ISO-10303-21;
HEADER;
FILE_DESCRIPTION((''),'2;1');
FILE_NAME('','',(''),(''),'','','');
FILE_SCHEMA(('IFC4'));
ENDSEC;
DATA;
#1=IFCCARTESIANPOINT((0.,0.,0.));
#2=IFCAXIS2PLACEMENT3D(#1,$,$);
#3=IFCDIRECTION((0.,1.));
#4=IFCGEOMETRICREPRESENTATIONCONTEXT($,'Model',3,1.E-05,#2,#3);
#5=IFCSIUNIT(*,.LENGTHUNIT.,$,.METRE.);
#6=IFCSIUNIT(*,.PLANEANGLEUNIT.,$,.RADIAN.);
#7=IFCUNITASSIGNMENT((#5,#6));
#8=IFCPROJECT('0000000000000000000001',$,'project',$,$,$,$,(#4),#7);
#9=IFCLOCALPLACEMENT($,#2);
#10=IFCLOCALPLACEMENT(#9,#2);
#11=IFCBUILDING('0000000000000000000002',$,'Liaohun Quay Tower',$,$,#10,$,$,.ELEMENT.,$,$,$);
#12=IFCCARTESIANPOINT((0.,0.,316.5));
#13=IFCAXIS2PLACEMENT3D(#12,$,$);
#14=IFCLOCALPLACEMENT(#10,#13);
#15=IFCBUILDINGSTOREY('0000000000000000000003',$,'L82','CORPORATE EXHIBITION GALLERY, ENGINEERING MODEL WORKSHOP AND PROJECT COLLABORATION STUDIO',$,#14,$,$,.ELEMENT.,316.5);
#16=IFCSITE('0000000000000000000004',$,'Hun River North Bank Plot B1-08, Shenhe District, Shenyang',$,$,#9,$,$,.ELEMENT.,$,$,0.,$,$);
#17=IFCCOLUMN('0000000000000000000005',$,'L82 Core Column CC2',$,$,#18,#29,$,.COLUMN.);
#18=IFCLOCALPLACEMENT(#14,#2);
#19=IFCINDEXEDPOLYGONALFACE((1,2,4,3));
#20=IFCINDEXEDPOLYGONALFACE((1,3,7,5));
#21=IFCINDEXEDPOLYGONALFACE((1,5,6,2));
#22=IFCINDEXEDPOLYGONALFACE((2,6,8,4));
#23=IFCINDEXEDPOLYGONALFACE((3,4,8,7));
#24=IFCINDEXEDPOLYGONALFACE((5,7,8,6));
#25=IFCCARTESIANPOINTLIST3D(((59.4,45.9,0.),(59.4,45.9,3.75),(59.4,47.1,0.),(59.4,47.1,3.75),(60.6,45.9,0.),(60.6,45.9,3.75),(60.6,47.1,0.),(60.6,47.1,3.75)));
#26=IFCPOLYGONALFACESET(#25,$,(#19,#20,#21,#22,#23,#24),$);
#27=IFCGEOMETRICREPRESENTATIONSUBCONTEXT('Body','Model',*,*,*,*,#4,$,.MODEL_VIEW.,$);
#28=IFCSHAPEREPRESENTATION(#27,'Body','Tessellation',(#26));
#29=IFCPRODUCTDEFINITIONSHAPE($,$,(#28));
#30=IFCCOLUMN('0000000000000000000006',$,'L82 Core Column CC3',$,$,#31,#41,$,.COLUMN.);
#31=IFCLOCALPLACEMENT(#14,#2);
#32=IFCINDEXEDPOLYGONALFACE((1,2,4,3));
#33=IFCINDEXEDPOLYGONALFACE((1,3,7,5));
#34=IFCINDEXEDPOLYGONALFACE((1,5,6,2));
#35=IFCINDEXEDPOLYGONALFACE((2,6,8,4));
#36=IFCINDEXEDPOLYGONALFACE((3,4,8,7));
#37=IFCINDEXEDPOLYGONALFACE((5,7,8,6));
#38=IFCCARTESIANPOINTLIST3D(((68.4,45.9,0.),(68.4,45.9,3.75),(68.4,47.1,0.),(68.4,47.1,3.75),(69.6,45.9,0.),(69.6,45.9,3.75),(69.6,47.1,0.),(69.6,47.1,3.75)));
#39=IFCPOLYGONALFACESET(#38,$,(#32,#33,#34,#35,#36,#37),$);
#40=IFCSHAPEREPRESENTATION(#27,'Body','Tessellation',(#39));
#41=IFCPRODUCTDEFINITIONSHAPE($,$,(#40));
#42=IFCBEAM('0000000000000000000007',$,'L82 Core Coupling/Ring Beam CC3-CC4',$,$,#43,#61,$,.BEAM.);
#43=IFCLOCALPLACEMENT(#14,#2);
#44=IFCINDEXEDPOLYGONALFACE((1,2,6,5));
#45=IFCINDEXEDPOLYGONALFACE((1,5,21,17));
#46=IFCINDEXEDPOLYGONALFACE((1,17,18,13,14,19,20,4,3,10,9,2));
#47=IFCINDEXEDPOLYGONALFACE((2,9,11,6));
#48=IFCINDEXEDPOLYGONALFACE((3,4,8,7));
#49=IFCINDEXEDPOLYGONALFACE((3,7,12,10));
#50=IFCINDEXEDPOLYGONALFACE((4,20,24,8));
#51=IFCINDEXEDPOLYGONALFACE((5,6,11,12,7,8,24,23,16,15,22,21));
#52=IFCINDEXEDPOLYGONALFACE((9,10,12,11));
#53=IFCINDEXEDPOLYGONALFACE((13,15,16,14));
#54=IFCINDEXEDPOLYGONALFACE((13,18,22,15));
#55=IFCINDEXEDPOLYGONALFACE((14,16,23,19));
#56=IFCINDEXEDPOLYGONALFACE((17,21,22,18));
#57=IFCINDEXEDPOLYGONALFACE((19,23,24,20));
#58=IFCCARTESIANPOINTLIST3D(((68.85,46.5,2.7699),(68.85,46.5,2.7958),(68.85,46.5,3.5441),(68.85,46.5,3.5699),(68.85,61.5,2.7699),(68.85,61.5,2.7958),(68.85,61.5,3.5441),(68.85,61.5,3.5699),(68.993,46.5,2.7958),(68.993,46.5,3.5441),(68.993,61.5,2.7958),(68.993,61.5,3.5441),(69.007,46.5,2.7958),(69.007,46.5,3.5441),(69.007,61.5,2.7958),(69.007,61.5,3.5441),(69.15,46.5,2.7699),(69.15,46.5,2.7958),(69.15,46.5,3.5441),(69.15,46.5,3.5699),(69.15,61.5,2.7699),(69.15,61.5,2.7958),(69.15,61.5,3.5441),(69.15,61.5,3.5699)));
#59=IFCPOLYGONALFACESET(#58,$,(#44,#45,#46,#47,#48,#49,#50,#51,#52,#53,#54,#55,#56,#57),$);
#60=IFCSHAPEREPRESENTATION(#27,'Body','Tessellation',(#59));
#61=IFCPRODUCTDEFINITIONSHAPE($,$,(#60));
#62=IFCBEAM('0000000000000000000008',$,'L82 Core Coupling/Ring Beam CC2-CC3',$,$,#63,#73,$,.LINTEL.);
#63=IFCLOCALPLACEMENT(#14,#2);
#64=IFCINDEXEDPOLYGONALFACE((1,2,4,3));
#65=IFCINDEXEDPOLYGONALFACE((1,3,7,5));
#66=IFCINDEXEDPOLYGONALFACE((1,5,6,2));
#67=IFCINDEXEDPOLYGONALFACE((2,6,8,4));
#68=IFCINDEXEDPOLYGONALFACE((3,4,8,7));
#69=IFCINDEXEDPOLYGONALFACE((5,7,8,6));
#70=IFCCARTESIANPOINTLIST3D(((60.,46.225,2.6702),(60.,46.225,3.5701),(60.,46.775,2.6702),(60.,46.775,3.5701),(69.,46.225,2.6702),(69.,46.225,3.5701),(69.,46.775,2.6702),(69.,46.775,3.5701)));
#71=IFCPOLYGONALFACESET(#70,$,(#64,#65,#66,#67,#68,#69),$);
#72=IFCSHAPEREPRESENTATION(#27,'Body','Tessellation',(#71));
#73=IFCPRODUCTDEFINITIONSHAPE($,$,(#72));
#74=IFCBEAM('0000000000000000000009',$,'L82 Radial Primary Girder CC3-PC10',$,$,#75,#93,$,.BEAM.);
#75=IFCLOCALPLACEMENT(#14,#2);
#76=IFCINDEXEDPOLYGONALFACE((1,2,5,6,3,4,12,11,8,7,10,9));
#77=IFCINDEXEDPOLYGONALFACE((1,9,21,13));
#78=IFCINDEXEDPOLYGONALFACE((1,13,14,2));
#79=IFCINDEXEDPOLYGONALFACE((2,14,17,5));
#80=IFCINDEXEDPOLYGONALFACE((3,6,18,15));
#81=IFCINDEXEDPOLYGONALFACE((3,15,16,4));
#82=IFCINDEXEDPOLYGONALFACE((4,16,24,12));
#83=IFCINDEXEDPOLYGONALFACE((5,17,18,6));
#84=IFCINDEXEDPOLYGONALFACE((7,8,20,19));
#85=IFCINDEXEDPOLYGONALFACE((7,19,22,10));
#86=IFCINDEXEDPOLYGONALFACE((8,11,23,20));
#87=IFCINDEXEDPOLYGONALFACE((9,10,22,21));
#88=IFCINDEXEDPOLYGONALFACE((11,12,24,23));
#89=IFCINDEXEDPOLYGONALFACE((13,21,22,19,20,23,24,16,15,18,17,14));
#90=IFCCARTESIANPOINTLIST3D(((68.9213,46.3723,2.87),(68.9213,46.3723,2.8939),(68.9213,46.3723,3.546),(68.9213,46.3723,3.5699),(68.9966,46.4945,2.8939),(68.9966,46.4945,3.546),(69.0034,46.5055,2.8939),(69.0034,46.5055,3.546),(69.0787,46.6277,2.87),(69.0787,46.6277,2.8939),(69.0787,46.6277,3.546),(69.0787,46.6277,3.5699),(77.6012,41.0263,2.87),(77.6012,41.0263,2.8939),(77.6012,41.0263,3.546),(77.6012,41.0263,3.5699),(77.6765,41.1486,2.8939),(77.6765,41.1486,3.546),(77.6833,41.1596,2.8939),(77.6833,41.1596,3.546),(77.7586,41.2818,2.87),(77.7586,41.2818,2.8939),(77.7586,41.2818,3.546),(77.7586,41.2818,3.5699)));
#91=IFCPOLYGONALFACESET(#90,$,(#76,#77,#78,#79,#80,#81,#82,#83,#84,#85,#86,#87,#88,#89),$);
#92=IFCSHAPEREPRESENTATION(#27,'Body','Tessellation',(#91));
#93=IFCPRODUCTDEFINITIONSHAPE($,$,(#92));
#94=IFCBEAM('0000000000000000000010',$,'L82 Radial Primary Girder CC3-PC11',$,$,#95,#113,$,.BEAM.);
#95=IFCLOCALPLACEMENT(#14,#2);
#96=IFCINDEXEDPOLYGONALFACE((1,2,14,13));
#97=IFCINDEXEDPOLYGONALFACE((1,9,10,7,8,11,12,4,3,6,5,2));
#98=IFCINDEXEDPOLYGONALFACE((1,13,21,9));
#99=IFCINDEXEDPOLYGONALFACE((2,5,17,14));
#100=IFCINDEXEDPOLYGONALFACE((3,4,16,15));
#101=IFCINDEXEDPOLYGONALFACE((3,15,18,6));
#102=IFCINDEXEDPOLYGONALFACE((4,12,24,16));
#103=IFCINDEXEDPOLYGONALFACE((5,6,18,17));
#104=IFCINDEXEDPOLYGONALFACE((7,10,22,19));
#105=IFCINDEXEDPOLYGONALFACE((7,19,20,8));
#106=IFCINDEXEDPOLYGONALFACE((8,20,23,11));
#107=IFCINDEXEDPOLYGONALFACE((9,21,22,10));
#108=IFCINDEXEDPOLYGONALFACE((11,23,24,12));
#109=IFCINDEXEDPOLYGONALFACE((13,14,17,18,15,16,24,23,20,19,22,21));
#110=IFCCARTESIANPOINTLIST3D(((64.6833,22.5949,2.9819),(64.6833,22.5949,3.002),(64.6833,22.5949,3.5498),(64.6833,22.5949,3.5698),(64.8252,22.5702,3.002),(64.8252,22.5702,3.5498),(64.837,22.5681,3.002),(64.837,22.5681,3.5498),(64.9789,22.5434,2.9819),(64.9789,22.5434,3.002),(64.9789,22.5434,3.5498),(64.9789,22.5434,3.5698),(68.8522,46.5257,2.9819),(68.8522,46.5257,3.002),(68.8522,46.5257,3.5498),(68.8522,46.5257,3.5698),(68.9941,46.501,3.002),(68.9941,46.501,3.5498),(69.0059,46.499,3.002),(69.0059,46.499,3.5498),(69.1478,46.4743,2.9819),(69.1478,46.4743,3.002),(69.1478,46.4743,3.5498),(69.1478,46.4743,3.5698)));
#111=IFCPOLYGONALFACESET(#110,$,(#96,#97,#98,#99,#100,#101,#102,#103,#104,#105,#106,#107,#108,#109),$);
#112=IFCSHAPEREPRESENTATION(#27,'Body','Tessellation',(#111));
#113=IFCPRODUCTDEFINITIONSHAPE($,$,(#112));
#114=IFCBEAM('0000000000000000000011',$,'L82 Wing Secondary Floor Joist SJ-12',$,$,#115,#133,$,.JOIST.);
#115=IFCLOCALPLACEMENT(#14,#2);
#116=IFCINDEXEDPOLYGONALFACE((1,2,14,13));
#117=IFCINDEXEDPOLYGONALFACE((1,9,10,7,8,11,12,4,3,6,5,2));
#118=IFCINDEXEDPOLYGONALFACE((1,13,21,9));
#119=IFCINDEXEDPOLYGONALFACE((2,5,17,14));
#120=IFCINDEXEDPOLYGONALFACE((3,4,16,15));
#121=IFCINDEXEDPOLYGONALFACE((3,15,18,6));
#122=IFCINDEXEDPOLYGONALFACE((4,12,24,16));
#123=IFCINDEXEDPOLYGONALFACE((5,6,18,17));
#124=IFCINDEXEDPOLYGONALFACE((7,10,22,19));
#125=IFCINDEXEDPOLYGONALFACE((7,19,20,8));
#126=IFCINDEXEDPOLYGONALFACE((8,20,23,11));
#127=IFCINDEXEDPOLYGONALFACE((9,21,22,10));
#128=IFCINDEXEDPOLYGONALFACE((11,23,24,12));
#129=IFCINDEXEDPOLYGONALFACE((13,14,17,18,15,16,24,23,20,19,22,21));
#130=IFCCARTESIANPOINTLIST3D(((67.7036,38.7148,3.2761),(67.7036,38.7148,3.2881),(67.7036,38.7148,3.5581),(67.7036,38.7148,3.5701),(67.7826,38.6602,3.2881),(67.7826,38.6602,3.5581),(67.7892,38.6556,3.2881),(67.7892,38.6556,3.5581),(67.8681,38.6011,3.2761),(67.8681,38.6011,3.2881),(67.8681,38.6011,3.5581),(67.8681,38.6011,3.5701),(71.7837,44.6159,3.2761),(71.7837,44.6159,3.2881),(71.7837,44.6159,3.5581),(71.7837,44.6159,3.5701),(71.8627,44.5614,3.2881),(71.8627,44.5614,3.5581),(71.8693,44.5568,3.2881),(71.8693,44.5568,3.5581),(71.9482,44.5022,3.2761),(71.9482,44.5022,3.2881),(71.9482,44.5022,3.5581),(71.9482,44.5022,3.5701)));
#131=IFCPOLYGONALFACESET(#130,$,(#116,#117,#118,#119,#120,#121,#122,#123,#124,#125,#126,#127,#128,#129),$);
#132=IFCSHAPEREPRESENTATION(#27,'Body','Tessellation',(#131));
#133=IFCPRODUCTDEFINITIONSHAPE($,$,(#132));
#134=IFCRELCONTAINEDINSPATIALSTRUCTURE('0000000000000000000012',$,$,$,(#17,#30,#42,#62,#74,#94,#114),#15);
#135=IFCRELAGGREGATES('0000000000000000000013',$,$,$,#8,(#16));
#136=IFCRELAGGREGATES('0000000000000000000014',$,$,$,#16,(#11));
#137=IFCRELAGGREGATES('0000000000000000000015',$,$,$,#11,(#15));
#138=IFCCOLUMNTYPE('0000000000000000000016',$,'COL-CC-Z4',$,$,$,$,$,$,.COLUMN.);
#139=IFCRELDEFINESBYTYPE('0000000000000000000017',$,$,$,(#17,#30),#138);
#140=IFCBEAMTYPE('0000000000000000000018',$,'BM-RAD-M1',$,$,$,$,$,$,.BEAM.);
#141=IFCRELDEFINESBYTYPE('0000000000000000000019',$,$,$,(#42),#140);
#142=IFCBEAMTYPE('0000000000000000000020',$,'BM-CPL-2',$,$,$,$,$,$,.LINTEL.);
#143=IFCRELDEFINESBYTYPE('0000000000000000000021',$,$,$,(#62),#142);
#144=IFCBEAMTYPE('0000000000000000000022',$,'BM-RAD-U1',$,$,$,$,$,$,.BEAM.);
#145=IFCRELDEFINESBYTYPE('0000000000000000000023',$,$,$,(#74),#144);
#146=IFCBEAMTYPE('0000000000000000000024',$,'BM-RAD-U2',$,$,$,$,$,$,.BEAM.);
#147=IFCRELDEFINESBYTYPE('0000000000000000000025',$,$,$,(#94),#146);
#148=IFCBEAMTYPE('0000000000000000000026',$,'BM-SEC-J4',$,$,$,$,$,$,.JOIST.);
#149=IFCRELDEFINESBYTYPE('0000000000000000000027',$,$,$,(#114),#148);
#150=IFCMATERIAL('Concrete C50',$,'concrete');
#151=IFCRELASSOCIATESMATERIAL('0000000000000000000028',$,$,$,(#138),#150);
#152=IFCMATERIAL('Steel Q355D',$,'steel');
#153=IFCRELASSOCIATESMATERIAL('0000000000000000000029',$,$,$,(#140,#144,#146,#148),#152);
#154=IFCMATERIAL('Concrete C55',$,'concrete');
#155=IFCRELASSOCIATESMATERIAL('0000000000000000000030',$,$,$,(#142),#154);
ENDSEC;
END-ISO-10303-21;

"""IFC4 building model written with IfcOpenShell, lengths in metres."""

from ifc_helpers import new_model, si_unit, direction, frame, origin, origin_2d, place, context, subcontext, project, spatial, rectangle, i_section, extrude, source, transform, mapped, material, material_profile, profile_set, type_object, element, save


model = new_model("IFC4")

# Units and contexts
model_context = context("Model", 3, precision=1e-05, world=origin(), true_north=direction((0.0, 1.0)))
body_context = subcontext(model_context, "Body", "Model", "MODEL_VIEW")
ifc_project = project(units=[si_unit("LENGTHUNIT", "METRE"), si_unit("PLANEANGLEUNIT", "RADIAN")], contexts=[model_context])

# Site, building, storey
site_placement = place(None, origin())
site = spatial("IfcSite", under=ifc_project, at=site_placement, Name="Hun River North Bank Plot B1-08, Shenhe District, Shenyang", CompositionType="ELEMENT", RefElevation=0.0)
building_placement = place(site_placement, origin())
building = spatial("IfcBuilding", under=site, at=building_placement, Name="Liaohun Quay Tower", CompositionType="ELEMENT")
storey_placement = place(building_placement, frame((0.0, 0.0, 316.5)))
storey = spatial("IfcBuildingStorey", under=building, at=storey_placement, Name="L82", Description="CORPORATE EXHIBITION GALLERY, ENGINEERING MODEL WORKSHOP AND PROJECT COLLABORATION STUDIO", CompositionType="ELEMENT", Elevation=316.5)

# Columns
ifc_material_1 = material(Name="Concrete C50", Category="concrete")
ifc_material_profile_1 = material_profile(ifc_material_1, rectangle(XDim=1.2, YDim=1.2, at=origin_2d()), Name="RC1200x1200")
ifc_profile_set_1 = profile_set([ifc_material_profile_1], Name="Concrete C50")
column_type = type_object("IfcColumnType", Name="COL-CC-Z4", PredefinedType="COLUMN", material=ifc_profile_set_1)
shared_shape_1 = source(origin(), body_context, "Body", "SweptSolid", [
    extrude(rectangle(XDim=1.2, YDim=1.2, at=origin_2d()), origin(), (0.0, 0.0, 1.0), 3.75),
])
for number, where, z_axis, x_axis, name in (
    (1, (60.0, 46.5, 0.0), (0.0, 0.0, 1.0), (1.0, 0.0, 0.0), "L82 Core Column CC2"),
    (2, (69.0, 46.5, 0.0), (0.0, 0.0, 1.0), (1.0, 0.0, 0.0), "L82 Core Column CC3"),
):
    element("IfcColumn", number, at=place(storey_placement, frame(where, z_axis=z_axis, x_axis=x_axis)), inside=storey, type_object=column_type, Name=name, PredefinedType="COLUMN", context=body_context, shape_type="MappedRepresentation", body=[
        mapped(shared_shape_1, transform((0.0, 0.0, 0.0), x_axis=(1.0, 0.0, 0.0), y_axis=(0.0, 1.0, 0.0), z_axis=(0.0, 0.0, 1.0), scale=1.0)),
    ])

# Beams
ifc_material_2 = material(Name="Steel Q355D", Category="steel")
ifc_material_profile_2 = material_profile(ifc_material_2, i_section(OverallWidth=0.3, OverallDepth=0.8, WebThickness=0.0139, FlangeThickness=0.0259, at=origin_2d()), Name="HN800x300x14x26")
ifc_profile_set_2 = profile_set([ifc_material_profile_2], Name="Steel Q355D")
beam_type_1 = type_object("IfcBeamType", Name="BM-RAD-M1", PredefinedType="BEAM", material=ifc_profile_set_2)
shared_shape_2 = source(origin(), body_context, "Body", "SweptSolid", [
    extrude(i_section(OverallWidth=0.3, OverallDepth=0.8, WebThickness=0.0139, FlangeThickness=0.0259, at=origin_2d()), origin(), (0.0, 0.0, 1.0), 15.0),
])
beam_1_placement = place(storey_placement, frame((69.0, 46.5, 3.1699), z_axis=(0.0, 1.0, 0.0), x_axis=(-1.0, 0.0, 0.0)))
element("IfcBeam", 3, at=beam_1_placement, inside=storey, type_object=beam_type_1, Name="L82 Core Coupling/Ring Beam CC3-CC4", PredefinedType="BEAM", context=body_context, shape_type="MappedRepresentation", body=[
    mapped(shared_shape_2, transform((0.0, 0.0, 0.0), x_axis=(1.0, 0.0, 0.0), y_axis=(0.0, 1.0, 0.0), z_axis=(0.0, 0.0, 1.0), scale=1.0)),
])
ifc_material_3 = material(Name="Concrete C55", Category="concrete")
ifc_material_profile_3 = material_profile(ifc_material_3, rectangle(XDim=0.55, YDim=0.8999, at=origin_2d()), Name="RC550x900")
ifc_profile_set_3 = profile_set([ifc_material_profile_3], Name="Concrete C55")
beam_type_2 = type_object("IfcBeamType", Name="BM-CPL-2", PredefinedType="LINTEL", material=ifc_profile_set_3)
shared_shape_3 = source(origin(), body_context, "Body", "SweptSolid", [
    extrude(rectangle(XDim=0.55, YDim=0.8999, at=origin_2d()), origin(), (0.0, 0.0, 1.0), 9.0),
])
beam_2_placement = place(storey_placement, frame((60.0, 46.5, 3.1201), z_axis=(1.0, 0.0, 0.0), x_axis=(0.0, 1.0, 0.0)))
element("IfcBeam", 4, at=beam_2_placement, inside=storey, type_object=beam_type_2, Name="L82 Core Coupling/Ring Beam CC2-CC3", PredefinedType="LINTEL", context=body_context, shape_type="MappedRepresentation", body=[
    mapped(shared_shape_3, transform((0.0, 0.0, 0.0), x_axis=(1.0, 0.0, 0.0), y_axis=(0.0, 1.0, 0.0), z_axis=(0.0, 0.0, 1.0), scale=1.0)),
])
ifc_material_profile_4 = material_profile(ifc_material_2, i_section(OverallWidth=0.3, OverallDepth=0.7, WebThickness=0.0129, FlangeThickness=0.0239, at=origin_2d()), Name="HN700x300x13x24")
ifc_profile_set_4 = profile_set([ifc_material_profile_4], Name="Steel Q355D")
beam_type_3 = type_object("IfcBeamType", Name="BM-RAD-U1", PredefinedType="BEAM", material=ifc_profile_set_4)
shared_shape_4 = source(origin(), body_context, "Body", "SweptSolid", [
    extrude(i_section(OverallWidth=0.3, OverallDepth=0.7, WebThickness=0.0129, FlangeThickness=0.0239, at=origin_2d()), origin(), (0.0, 0.0, 1.0), 10.1941),
])
beam_3_placement = place(storey_placement, frame((69.0, 46.5, 3.22), z_axis=(0.851463, -0.524414, 0.0), x_axis=(0.524414, 0.851463, 0.0)))
element("IfcBeam", 5, at=beam_3_placement, inside=storey, type_object=beam_type_3, Name="L82 Radial Primary Girder CC3-PC10", PredefinedType="BEAM", context=body_context, shape_type="MappedRepresentation", body=[
    mapped(shared_shape_4, transform((0.0, 0.0, 0.0), x_axis=(1.0, 0.0, 0.0), y_axis=(0.0, 1.0, 0.0), z_axis=(0.0, 0.0, 1.0), scale=1.0)),
])
ifc_material_profile_5 = material_profile(ifc_material_2, i_section(OverallWidth=0.3, OverallDepth=0.5879, WebThickness=0.012, FlangeThickness=0.02, at=origin_2d()), Name="HM588x300x12x20")
ifc_profile_set_5 = profile_set([ifc_material_profile_5], Name="Steel Q355D")
beam_type_4 = type_object("IfcBeamType", Name="BM-RAD-U2", PredefinedType="BEAM", material=ifc_profile_set_5)
shared_shape_5 = source(origin(), body_context, "Body", "SweptSolid", [
    extrude(i_section(OverallWidth=0.3, OverallDepth=0.5879, WebThickness=0.012, FlangeThickness=0.02, at=origin_2d()), origin(), (0.0, 0.0, 1.0), 24.2913),
])
beam_4_placement = place(storey_placement, frame((69.0, 46.5, 3.2759), z_axis=(-0.171623, -0.985163, 0.0), x_axis=(0.985163, -0.171623, 0.0)))
element("IfcBeam", 6, at=beam_4_placement, inside=storey, type_object=beam_type_4, Name="L82 Radial Primary Girder CC3-PC11", PredefinedType="BEAM", context=body_context, shape_type="MappedRepresentation", body=[
    mapped(shared_shape_5, transform((0.0, 0.0, 0.0), x_axis=(1.0, 0.0, 0.0), y_axis=(0.0, 1.0, 0.0), z_axis=(0.0, 0.0, 1.0), scale=1.0)),
])
ifc_material_profile_6 = material_profile(ifc_material_2, i_section(OverallWidth=0.2, OverallDepth=0.2939, WebThickness=0.0081, FlangeThickness=0.012, at=origin_2d()), Name="HM294x200x8x12")
ifc_profile_set_6 = profile_set([ifc_material_profile_6], Name="Steel Q355D")
beam_type_5 = type_object("IfcBeamType", Name="BM-SEC-J4", PredefinedType="JOIST", material=ifc_profile_set_6)
shared_shape_6 = source(origin(), body_context, "Body", "SweptSolid", [
    extrude(i_section(OverallWidth=0.2, OverallDepth=0.2939, WebThickness=0.0081, FlangeThickness=0.012, at=origin_2d()), origin(), (0.0, 0.0, 1.0), 7.1743),
])
beam_5_placement = place(storey_placement, frame((71.866, 44.5591, 3.4231), z_axis=(-0.568709, -0.822539, 0.0), x_axis=(0.822539, -0.568709, 0.0)))
element("IfcBeam", 7, at=beam_5_placement, inside=storey, type_object=beam_type_5, Name="L82 Wing Secondary Floor Joist SJ-12", PredefinedType="JOIST", context=body_context, shape_type="MappedRepresentation", body=[
    mapped(shared_shape_6, transform((0.0, 0.0, 0.0), x_axis=(1.0, 0.0, 0.0), y_axis=(0.0, 1.0, 0.0), z_axis=(0.0, 0.0, 1.0), scale=1.0)),
])

save(model, "model.ifc")
